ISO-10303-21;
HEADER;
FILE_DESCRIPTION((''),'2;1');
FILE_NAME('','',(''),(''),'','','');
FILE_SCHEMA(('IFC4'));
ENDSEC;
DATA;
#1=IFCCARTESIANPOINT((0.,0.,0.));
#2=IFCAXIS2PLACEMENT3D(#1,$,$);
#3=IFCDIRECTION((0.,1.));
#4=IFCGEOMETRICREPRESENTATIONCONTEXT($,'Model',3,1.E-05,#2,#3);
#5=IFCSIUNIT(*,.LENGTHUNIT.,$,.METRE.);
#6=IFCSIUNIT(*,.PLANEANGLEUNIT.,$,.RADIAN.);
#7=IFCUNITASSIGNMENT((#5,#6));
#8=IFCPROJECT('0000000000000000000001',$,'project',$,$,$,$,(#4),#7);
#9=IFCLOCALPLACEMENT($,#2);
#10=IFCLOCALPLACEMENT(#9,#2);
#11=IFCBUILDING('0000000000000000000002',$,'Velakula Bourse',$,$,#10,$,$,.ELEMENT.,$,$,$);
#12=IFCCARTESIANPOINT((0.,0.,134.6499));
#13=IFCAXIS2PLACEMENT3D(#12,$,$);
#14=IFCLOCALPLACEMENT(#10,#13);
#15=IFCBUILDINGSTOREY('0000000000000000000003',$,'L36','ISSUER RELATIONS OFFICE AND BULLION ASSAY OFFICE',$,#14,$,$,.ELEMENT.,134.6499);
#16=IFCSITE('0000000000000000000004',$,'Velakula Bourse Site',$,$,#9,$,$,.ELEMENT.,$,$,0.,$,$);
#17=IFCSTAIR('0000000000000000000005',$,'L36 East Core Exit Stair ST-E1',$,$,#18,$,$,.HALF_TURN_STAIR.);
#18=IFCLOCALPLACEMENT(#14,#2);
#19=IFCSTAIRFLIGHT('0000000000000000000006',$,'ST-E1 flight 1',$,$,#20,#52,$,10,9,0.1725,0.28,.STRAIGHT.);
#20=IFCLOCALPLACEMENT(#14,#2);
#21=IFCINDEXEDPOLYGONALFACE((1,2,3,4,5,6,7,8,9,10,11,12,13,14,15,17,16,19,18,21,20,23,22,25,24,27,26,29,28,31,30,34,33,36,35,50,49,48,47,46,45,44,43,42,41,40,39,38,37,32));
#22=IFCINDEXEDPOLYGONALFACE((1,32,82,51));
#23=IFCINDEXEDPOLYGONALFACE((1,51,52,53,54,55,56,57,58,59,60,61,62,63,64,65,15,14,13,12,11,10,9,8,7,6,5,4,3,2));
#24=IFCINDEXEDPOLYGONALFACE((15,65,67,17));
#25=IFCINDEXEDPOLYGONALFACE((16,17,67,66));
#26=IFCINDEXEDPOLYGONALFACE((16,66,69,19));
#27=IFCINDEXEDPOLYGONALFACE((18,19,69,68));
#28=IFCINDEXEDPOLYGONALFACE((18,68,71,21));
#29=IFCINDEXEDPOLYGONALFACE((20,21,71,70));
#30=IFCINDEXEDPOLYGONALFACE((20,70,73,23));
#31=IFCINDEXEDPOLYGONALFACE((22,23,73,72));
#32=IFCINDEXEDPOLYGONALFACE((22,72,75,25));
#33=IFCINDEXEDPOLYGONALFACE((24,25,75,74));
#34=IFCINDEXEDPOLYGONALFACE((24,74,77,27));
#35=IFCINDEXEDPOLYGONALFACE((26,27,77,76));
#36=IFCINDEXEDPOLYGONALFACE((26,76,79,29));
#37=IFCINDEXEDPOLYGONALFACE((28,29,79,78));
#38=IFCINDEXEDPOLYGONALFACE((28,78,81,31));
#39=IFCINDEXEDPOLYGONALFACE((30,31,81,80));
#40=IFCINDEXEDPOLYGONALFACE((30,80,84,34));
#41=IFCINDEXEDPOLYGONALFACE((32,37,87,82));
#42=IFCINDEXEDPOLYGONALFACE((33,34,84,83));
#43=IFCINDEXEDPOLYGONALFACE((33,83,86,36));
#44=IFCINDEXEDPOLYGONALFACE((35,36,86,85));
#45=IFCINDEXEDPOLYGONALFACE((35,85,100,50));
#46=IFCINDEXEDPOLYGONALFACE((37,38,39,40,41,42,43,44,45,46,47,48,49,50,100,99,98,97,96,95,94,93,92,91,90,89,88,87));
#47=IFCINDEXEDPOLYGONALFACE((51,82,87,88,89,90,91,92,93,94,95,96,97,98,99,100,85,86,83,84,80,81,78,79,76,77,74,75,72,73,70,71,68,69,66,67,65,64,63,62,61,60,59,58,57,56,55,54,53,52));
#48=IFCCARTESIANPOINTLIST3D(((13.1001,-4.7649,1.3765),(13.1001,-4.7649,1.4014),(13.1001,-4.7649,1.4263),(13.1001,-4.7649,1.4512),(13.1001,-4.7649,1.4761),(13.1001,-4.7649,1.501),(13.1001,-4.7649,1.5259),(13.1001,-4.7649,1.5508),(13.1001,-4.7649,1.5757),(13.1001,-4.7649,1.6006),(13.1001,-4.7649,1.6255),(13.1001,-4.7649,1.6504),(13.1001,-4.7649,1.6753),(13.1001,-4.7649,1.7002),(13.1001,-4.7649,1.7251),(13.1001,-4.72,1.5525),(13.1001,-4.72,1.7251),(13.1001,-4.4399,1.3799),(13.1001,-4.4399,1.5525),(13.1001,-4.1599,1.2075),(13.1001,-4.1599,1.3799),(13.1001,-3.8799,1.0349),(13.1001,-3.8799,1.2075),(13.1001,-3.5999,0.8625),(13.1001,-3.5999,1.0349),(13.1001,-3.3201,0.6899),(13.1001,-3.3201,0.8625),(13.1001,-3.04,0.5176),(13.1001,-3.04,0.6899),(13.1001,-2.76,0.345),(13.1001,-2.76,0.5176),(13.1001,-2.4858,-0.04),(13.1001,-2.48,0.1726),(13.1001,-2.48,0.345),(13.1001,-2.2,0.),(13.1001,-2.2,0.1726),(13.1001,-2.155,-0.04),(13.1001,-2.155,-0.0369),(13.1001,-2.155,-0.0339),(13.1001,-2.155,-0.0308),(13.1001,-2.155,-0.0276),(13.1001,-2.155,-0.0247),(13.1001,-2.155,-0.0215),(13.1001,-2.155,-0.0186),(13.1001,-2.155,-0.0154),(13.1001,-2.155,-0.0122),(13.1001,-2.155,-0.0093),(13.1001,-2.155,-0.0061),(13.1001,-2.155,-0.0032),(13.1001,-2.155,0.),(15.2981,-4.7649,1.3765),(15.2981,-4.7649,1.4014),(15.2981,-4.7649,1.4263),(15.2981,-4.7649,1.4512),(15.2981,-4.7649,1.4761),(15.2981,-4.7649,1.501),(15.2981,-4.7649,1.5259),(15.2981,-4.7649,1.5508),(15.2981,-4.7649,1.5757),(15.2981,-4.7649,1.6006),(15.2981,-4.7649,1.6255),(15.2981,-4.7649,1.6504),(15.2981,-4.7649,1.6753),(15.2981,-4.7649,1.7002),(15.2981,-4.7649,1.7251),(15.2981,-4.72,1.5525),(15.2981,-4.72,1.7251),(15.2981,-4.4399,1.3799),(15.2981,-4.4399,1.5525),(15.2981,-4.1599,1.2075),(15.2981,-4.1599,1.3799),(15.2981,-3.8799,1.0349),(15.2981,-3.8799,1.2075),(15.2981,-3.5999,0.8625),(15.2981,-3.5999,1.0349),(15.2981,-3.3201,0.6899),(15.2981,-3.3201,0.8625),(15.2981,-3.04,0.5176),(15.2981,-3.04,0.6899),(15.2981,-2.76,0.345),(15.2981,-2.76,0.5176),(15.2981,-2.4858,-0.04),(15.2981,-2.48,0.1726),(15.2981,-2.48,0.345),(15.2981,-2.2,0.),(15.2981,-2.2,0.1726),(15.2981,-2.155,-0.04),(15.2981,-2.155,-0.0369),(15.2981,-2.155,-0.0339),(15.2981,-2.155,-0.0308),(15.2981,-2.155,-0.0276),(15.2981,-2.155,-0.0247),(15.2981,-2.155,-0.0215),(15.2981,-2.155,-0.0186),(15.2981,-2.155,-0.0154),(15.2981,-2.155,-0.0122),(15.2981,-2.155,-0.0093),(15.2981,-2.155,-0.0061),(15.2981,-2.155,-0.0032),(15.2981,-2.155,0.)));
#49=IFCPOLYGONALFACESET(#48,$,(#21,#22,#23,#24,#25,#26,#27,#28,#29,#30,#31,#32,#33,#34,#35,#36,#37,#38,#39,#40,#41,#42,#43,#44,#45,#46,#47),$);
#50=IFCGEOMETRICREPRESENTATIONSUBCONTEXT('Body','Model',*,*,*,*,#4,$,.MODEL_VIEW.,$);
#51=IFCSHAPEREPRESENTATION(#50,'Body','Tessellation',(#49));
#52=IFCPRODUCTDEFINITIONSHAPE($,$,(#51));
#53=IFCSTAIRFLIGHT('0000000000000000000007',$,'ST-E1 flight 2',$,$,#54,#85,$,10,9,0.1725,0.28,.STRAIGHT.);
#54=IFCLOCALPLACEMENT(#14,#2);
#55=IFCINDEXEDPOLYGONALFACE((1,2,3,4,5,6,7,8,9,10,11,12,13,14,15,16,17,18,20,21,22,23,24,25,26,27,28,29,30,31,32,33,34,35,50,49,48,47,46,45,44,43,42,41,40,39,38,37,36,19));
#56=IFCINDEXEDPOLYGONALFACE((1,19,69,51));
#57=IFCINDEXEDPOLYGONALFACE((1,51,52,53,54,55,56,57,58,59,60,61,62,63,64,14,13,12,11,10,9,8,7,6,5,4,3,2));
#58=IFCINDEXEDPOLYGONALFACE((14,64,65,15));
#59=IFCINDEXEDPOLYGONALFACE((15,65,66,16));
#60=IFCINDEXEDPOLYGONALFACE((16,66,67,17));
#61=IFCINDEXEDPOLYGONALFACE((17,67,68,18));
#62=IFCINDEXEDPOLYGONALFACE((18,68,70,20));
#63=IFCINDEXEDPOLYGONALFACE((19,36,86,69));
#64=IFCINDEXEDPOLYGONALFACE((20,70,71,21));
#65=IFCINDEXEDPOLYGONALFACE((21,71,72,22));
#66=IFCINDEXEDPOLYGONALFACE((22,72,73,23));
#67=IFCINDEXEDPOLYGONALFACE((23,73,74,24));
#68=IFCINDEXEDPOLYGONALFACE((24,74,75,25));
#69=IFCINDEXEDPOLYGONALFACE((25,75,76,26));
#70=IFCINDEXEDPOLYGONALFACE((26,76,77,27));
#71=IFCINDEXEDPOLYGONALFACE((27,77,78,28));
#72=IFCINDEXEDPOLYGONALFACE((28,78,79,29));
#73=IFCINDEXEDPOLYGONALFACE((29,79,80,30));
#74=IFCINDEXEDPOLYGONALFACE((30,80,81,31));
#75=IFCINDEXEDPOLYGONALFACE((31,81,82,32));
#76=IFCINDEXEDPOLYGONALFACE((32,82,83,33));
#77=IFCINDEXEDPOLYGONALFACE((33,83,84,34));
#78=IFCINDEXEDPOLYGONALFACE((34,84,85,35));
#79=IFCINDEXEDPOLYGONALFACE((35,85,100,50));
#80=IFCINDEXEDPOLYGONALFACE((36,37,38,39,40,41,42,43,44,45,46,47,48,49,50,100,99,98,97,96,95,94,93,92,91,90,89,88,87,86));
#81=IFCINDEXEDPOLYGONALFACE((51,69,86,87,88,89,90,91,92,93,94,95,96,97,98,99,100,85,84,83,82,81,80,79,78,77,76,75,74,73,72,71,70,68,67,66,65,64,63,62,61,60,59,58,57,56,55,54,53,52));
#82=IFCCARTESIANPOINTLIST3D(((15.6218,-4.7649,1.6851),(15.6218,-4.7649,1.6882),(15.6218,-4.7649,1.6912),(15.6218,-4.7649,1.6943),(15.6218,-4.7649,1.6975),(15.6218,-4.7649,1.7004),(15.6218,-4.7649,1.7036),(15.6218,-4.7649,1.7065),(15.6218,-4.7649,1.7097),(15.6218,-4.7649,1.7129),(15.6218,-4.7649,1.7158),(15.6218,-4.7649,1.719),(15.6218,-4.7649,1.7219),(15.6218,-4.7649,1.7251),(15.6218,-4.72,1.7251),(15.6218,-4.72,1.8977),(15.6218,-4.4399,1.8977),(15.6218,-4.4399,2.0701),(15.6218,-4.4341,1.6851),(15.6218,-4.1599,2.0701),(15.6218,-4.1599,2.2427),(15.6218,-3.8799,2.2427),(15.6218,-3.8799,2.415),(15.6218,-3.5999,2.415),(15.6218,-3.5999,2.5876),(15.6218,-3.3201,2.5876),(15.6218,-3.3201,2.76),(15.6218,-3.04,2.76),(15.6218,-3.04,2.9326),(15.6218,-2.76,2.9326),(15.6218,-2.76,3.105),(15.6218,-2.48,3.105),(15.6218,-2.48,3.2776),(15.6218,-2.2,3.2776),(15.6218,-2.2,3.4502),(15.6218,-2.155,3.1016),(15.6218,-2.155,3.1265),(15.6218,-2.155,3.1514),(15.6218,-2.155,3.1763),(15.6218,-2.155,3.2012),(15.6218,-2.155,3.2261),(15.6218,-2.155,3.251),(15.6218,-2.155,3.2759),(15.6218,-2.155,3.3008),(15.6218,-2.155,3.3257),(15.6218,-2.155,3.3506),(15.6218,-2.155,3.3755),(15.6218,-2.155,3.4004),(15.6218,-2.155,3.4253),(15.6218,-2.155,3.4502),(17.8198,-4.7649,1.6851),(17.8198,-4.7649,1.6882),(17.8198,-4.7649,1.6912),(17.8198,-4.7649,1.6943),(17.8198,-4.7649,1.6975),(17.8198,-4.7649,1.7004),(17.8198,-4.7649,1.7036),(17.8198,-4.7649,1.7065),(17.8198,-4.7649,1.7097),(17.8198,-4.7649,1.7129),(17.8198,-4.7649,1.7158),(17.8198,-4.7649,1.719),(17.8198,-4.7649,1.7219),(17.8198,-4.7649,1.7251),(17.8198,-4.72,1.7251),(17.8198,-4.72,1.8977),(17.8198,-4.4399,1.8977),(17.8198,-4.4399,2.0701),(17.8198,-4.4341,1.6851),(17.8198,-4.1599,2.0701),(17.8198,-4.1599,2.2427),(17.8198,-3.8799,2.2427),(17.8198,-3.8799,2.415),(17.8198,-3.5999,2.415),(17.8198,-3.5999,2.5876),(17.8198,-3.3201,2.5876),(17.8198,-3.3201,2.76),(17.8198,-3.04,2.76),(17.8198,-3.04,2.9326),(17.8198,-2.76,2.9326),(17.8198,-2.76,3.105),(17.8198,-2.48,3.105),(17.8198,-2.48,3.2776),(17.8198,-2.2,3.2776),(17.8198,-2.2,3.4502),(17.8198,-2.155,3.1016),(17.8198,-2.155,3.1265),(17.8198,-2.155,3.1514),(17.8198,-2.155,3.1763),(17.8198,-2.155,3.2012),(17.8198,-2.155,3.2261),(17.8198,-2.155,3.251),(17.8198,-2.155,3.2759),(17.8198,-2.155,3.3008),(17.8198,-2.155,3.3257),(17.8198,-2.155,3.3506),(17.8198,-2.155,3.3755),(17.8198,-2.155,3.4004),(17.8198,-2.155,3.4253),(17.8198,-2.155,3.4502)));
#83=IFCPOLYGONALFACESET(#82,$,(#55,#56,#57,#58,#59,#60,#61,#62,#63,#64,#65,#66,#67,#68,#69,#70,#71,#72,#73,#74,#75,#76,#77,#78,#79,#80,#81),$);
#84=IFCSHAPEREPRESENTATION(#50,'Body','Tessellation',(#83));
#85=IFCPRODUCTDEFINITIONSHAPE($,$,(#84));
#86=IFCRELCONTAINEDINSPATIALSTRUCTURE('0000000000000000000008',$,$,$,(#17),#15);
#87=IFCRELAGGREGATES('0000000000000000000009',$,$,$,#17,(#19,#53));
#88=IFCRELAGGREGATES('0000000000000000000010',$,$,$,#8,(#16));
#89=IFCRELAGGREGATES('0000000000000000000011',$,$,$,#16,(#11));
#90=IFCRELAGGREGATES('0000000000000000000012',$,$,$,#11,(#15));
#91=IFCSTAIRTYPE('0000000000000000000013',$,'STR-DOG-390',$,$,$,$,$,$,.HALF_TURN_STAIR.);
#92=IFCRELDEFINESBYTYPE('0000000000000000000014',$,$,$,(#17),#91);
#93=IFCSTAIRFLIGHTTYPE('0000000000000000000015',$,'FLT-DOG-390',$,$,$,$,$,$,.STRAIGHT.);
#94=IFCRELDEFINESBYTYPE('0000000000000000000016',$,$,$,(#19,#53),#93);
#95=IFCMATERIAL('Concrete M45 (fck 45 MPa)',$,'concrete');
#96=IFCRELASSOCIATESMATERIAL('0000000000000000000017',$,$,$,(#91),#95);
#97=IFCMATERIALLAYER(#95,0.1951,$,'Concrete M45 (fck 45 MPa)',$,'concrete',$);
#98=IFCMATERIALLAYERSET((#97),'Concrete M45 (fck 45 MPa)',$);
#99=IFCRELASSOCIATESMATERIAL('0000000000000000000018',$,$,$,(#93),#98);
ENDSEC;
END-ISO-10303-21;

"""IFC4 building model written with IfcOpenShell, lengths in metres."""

from ifc_helpers import new_model, si_unit, direction, frame, origin, place, context, subcontext, project, spatial, polyline, outline, extrude, material, layer, layer_set, type_object, element, aggregate, save


model = new_model("IFC4")

# Units and contexts
model_context = context("Model", 3, precision=1e-05, world=origin(), true_north=direction((0.0, 1.0)))
body_context = subcontext(model_context, "Body", "Model", "MODEL_VIEW")
ifc_project = project(units=[si_unit("LENGTHUNIT", "METRE"), si_unit("PLANEANGLEUNIT", "RADIAN")], contexts=[model_context])

# Site, building, storey
site_placement = place(None, origin())
site = spatial("IfcSite", under=ifc_project, at=site_placement, Name="Velakula Bourse Site", CompositionType="ELEMENT", RefElevation=0.0)
building_placement = place(site_placement, origin())
building = spatial("IfcBuilding", under=site, at=building_placement, Name="Velakula Bourse", CompositionType="ELEMENT")
storey_placement = place(building_placement, frame((0.0, 0.0, 134.6499)))
storey = spatial("IfcBuildingStorey", under=building, at=storey_placement, Name="L36", Description="ISSUER RELATIONS OFFICE AND BULLION ASSAY OFFICE", CompositionType="ELEMENT", Elevation=134.6499)

# Stair
ifc_material_1 = material(Name="Concrete M45 (fck 45 MPa)", Category="concrete")
stair_type = type_object("IfcStairType", Name="STR-DOG-390", PredefinedType="HALF_TURN_STAIR", material=ifc_material_1)
stair_1_placement = place(storey_placement, origin())
stair_1 = element("IfcStair", 1, at=stair_1_placement, inside=storey, type_object=stair_type, Name="L36 East Core Exit Stair ST-E1", PredefinedType="HALF_TURN_STAIR")

# Stair flights
ifc_layer_1 = layer(ifc_material_1, 0.1951, Name="Concrete M45 (fck 45 MPa)", Category="concrete")
ifc_layer_set_1 = layer_set([ifc_layer_1], Name="Concrete M45 (fck 45 MPa)")
stair_flight_type = type_object("IfcStairFlightType", Name="FLT-DOG-390", PredefinedType="STRAIGHT", material=ifc_layer_set_1)
stair_flight_1_placement = place(storey_placement, frame((14.199, -2.2, 0.0), z_axis=(0.0, 0.0, 1.0), x_axis=(0.0, -1.0, 0.0)))
stair_flight_1 = element("IfcStairFlight", 2, at=stair_flight_1_placement, type_object=stair_flight_type, Name="ST-E1 flight 1", NumberOfRisers=10, NumberOfTreads=9, PredefinedType="STRAIGHT", RiserHeight=0.1725, TreadLength=0.28, context=body_context, shape_type="SweptSolid", body=[
    extrude(outline(polyline([(-0.0449, -0.04), (-0.0449, -0.0369), (-0.0449, -0.0339), (-0.0449, -0.0308), (-0.0449, -0.0276), (-0.0449, -0.0247), (-0.0449, -0.0215), (-0.0449, -0.0186), (-0.0449, -0.0154), (-0.0449, -0.0122), (-0.0449, -0.0093), (-0.0449, -0.0061), (-0.0449, -0.0032), (-0.0449, 0.0), (0.0, 0.0), (0.0, 0.1726), (0.28, 0.1726), (0.28, 0.345), (0.5601, 0.345), (0.5601, 0.5176), (0.8401, 0.5176), (0.8401, 0.6899), (1.1201, 0.6899), (1.1201, 0.8625), (1.3999, 0.8625), (1.3999, 1.0349), (1.6799, 1.0349), (1.6799, 1.2075), (1.96, 1.2075), (1.96, 1.3799), (2.24, 1.3799), (2.24, 1.5525), (2.52, 1.5525), (2.52, 1.7251), (2.5649, 1.7251), (2.5649, 1.7002), (2.5649, 1.6753), (2.5649, 1.6504), (2.5649, 1.6255), (2.5649, 1.6006), (2.5649, 1.5757), (2.5649, 1.5508), (2.5649, 1.5259), (2.5649, 1.501), (2.5649, 1.4761), (2.5649, 1.4512), (2.5649, 1.4263), (2.5649, 1.4014), (2.5649, 1.3765), (0.2859, -0.04), (-0.0449, -0.04)])), frame((0.0, 1.0991, 0.0), z_axis=(0.0, -1.0, 0.0), x_axis=(1.0, 0.0, 0.0)), (0.0, 0.0, 1.0), 2.198),
])
stair_flight_2_placement = place(storey_placement, frame((16.7209, -4.72, 1.7251), z_axis=(0.0, 0.0, 1.0), x_axis=(0.0, 1.0, 0.0)))
stair_flight_2 = element("IfcStairFlight", 3, at=stair_flight_2_placement, type_object=stair_flight_type, Name="ST-E1 flight 2", NumberOfRisers=10, NumberOfTreads=9, PredefinedType="STRAIGHT", RiserHeight=0.1725, TreadLength=0.28, context=body_context, shape_type="SweptSolid", body=[
    extrude(outline(polyline([(-0.0449, -0.04), (-0.0449, -0.0369), (-0.0449, -0.0339), (-0.0449, -0.0308), (-0.0449, -0.0276), (-0.0449, -0.0247), (-0.0449, -0.0215), (-0.0449, -0.0186), (-0.0449, -0.0154), (-0.0449, -0.0122), (-0.0449, -0.0093), (-0.0449, -0.0061), (-0.0449, -0.0032), (-0.0449, 0.0), (0.0, 0.0), (0.0, 0.1726), (0.28, 0.1726), (0.28, 0.345), (0.5601, 0.345), (0.5601, 0.5176), (0.8401, 0.5176), (0.8401, 0.6899), (1.1201, 0.6899), (1.1201, 0.8625), (1.3999, 0.8625), (1.3999, 1.0349), (1.6799, 1.0349), (1.6799, 1.2075), (1.96, 1.2075), (1.96, 1.3799), (2.24, 1.3799), (2.24, 1.5525), (2.52, 1.5525), (2.52, 1.7251), (2.5649, 1.7251), (2.5649, 1.7002), (2.5649, 1.6753), (2.5649, 1.6504), (2.5649, 1.6255), (2.5649, 1.6006), (2.5649, 1.5757), (2.5649, 1.5508), (2.5649, 1.5259), (2.5649, 1.501), (2.5649, 1.4761), (2.5649, 1.4512), (2.5649, 1.4263), (2.5649, 1.4014), (2.5649, 1.3765), (0.2859, -0.04), (-0.0449, -0.04)])), frame((0.0, 1.0991, 0.0), z_axis=(0.0, -1.0, 0.0), x_axis=(1.0, 0.0, 0.0)), (0.0, 0.0, 1.0), 2.198),
])
aggregate(stair_1, [stair_flight_1, stair_flight_2])

save(model, "model.ifc")
